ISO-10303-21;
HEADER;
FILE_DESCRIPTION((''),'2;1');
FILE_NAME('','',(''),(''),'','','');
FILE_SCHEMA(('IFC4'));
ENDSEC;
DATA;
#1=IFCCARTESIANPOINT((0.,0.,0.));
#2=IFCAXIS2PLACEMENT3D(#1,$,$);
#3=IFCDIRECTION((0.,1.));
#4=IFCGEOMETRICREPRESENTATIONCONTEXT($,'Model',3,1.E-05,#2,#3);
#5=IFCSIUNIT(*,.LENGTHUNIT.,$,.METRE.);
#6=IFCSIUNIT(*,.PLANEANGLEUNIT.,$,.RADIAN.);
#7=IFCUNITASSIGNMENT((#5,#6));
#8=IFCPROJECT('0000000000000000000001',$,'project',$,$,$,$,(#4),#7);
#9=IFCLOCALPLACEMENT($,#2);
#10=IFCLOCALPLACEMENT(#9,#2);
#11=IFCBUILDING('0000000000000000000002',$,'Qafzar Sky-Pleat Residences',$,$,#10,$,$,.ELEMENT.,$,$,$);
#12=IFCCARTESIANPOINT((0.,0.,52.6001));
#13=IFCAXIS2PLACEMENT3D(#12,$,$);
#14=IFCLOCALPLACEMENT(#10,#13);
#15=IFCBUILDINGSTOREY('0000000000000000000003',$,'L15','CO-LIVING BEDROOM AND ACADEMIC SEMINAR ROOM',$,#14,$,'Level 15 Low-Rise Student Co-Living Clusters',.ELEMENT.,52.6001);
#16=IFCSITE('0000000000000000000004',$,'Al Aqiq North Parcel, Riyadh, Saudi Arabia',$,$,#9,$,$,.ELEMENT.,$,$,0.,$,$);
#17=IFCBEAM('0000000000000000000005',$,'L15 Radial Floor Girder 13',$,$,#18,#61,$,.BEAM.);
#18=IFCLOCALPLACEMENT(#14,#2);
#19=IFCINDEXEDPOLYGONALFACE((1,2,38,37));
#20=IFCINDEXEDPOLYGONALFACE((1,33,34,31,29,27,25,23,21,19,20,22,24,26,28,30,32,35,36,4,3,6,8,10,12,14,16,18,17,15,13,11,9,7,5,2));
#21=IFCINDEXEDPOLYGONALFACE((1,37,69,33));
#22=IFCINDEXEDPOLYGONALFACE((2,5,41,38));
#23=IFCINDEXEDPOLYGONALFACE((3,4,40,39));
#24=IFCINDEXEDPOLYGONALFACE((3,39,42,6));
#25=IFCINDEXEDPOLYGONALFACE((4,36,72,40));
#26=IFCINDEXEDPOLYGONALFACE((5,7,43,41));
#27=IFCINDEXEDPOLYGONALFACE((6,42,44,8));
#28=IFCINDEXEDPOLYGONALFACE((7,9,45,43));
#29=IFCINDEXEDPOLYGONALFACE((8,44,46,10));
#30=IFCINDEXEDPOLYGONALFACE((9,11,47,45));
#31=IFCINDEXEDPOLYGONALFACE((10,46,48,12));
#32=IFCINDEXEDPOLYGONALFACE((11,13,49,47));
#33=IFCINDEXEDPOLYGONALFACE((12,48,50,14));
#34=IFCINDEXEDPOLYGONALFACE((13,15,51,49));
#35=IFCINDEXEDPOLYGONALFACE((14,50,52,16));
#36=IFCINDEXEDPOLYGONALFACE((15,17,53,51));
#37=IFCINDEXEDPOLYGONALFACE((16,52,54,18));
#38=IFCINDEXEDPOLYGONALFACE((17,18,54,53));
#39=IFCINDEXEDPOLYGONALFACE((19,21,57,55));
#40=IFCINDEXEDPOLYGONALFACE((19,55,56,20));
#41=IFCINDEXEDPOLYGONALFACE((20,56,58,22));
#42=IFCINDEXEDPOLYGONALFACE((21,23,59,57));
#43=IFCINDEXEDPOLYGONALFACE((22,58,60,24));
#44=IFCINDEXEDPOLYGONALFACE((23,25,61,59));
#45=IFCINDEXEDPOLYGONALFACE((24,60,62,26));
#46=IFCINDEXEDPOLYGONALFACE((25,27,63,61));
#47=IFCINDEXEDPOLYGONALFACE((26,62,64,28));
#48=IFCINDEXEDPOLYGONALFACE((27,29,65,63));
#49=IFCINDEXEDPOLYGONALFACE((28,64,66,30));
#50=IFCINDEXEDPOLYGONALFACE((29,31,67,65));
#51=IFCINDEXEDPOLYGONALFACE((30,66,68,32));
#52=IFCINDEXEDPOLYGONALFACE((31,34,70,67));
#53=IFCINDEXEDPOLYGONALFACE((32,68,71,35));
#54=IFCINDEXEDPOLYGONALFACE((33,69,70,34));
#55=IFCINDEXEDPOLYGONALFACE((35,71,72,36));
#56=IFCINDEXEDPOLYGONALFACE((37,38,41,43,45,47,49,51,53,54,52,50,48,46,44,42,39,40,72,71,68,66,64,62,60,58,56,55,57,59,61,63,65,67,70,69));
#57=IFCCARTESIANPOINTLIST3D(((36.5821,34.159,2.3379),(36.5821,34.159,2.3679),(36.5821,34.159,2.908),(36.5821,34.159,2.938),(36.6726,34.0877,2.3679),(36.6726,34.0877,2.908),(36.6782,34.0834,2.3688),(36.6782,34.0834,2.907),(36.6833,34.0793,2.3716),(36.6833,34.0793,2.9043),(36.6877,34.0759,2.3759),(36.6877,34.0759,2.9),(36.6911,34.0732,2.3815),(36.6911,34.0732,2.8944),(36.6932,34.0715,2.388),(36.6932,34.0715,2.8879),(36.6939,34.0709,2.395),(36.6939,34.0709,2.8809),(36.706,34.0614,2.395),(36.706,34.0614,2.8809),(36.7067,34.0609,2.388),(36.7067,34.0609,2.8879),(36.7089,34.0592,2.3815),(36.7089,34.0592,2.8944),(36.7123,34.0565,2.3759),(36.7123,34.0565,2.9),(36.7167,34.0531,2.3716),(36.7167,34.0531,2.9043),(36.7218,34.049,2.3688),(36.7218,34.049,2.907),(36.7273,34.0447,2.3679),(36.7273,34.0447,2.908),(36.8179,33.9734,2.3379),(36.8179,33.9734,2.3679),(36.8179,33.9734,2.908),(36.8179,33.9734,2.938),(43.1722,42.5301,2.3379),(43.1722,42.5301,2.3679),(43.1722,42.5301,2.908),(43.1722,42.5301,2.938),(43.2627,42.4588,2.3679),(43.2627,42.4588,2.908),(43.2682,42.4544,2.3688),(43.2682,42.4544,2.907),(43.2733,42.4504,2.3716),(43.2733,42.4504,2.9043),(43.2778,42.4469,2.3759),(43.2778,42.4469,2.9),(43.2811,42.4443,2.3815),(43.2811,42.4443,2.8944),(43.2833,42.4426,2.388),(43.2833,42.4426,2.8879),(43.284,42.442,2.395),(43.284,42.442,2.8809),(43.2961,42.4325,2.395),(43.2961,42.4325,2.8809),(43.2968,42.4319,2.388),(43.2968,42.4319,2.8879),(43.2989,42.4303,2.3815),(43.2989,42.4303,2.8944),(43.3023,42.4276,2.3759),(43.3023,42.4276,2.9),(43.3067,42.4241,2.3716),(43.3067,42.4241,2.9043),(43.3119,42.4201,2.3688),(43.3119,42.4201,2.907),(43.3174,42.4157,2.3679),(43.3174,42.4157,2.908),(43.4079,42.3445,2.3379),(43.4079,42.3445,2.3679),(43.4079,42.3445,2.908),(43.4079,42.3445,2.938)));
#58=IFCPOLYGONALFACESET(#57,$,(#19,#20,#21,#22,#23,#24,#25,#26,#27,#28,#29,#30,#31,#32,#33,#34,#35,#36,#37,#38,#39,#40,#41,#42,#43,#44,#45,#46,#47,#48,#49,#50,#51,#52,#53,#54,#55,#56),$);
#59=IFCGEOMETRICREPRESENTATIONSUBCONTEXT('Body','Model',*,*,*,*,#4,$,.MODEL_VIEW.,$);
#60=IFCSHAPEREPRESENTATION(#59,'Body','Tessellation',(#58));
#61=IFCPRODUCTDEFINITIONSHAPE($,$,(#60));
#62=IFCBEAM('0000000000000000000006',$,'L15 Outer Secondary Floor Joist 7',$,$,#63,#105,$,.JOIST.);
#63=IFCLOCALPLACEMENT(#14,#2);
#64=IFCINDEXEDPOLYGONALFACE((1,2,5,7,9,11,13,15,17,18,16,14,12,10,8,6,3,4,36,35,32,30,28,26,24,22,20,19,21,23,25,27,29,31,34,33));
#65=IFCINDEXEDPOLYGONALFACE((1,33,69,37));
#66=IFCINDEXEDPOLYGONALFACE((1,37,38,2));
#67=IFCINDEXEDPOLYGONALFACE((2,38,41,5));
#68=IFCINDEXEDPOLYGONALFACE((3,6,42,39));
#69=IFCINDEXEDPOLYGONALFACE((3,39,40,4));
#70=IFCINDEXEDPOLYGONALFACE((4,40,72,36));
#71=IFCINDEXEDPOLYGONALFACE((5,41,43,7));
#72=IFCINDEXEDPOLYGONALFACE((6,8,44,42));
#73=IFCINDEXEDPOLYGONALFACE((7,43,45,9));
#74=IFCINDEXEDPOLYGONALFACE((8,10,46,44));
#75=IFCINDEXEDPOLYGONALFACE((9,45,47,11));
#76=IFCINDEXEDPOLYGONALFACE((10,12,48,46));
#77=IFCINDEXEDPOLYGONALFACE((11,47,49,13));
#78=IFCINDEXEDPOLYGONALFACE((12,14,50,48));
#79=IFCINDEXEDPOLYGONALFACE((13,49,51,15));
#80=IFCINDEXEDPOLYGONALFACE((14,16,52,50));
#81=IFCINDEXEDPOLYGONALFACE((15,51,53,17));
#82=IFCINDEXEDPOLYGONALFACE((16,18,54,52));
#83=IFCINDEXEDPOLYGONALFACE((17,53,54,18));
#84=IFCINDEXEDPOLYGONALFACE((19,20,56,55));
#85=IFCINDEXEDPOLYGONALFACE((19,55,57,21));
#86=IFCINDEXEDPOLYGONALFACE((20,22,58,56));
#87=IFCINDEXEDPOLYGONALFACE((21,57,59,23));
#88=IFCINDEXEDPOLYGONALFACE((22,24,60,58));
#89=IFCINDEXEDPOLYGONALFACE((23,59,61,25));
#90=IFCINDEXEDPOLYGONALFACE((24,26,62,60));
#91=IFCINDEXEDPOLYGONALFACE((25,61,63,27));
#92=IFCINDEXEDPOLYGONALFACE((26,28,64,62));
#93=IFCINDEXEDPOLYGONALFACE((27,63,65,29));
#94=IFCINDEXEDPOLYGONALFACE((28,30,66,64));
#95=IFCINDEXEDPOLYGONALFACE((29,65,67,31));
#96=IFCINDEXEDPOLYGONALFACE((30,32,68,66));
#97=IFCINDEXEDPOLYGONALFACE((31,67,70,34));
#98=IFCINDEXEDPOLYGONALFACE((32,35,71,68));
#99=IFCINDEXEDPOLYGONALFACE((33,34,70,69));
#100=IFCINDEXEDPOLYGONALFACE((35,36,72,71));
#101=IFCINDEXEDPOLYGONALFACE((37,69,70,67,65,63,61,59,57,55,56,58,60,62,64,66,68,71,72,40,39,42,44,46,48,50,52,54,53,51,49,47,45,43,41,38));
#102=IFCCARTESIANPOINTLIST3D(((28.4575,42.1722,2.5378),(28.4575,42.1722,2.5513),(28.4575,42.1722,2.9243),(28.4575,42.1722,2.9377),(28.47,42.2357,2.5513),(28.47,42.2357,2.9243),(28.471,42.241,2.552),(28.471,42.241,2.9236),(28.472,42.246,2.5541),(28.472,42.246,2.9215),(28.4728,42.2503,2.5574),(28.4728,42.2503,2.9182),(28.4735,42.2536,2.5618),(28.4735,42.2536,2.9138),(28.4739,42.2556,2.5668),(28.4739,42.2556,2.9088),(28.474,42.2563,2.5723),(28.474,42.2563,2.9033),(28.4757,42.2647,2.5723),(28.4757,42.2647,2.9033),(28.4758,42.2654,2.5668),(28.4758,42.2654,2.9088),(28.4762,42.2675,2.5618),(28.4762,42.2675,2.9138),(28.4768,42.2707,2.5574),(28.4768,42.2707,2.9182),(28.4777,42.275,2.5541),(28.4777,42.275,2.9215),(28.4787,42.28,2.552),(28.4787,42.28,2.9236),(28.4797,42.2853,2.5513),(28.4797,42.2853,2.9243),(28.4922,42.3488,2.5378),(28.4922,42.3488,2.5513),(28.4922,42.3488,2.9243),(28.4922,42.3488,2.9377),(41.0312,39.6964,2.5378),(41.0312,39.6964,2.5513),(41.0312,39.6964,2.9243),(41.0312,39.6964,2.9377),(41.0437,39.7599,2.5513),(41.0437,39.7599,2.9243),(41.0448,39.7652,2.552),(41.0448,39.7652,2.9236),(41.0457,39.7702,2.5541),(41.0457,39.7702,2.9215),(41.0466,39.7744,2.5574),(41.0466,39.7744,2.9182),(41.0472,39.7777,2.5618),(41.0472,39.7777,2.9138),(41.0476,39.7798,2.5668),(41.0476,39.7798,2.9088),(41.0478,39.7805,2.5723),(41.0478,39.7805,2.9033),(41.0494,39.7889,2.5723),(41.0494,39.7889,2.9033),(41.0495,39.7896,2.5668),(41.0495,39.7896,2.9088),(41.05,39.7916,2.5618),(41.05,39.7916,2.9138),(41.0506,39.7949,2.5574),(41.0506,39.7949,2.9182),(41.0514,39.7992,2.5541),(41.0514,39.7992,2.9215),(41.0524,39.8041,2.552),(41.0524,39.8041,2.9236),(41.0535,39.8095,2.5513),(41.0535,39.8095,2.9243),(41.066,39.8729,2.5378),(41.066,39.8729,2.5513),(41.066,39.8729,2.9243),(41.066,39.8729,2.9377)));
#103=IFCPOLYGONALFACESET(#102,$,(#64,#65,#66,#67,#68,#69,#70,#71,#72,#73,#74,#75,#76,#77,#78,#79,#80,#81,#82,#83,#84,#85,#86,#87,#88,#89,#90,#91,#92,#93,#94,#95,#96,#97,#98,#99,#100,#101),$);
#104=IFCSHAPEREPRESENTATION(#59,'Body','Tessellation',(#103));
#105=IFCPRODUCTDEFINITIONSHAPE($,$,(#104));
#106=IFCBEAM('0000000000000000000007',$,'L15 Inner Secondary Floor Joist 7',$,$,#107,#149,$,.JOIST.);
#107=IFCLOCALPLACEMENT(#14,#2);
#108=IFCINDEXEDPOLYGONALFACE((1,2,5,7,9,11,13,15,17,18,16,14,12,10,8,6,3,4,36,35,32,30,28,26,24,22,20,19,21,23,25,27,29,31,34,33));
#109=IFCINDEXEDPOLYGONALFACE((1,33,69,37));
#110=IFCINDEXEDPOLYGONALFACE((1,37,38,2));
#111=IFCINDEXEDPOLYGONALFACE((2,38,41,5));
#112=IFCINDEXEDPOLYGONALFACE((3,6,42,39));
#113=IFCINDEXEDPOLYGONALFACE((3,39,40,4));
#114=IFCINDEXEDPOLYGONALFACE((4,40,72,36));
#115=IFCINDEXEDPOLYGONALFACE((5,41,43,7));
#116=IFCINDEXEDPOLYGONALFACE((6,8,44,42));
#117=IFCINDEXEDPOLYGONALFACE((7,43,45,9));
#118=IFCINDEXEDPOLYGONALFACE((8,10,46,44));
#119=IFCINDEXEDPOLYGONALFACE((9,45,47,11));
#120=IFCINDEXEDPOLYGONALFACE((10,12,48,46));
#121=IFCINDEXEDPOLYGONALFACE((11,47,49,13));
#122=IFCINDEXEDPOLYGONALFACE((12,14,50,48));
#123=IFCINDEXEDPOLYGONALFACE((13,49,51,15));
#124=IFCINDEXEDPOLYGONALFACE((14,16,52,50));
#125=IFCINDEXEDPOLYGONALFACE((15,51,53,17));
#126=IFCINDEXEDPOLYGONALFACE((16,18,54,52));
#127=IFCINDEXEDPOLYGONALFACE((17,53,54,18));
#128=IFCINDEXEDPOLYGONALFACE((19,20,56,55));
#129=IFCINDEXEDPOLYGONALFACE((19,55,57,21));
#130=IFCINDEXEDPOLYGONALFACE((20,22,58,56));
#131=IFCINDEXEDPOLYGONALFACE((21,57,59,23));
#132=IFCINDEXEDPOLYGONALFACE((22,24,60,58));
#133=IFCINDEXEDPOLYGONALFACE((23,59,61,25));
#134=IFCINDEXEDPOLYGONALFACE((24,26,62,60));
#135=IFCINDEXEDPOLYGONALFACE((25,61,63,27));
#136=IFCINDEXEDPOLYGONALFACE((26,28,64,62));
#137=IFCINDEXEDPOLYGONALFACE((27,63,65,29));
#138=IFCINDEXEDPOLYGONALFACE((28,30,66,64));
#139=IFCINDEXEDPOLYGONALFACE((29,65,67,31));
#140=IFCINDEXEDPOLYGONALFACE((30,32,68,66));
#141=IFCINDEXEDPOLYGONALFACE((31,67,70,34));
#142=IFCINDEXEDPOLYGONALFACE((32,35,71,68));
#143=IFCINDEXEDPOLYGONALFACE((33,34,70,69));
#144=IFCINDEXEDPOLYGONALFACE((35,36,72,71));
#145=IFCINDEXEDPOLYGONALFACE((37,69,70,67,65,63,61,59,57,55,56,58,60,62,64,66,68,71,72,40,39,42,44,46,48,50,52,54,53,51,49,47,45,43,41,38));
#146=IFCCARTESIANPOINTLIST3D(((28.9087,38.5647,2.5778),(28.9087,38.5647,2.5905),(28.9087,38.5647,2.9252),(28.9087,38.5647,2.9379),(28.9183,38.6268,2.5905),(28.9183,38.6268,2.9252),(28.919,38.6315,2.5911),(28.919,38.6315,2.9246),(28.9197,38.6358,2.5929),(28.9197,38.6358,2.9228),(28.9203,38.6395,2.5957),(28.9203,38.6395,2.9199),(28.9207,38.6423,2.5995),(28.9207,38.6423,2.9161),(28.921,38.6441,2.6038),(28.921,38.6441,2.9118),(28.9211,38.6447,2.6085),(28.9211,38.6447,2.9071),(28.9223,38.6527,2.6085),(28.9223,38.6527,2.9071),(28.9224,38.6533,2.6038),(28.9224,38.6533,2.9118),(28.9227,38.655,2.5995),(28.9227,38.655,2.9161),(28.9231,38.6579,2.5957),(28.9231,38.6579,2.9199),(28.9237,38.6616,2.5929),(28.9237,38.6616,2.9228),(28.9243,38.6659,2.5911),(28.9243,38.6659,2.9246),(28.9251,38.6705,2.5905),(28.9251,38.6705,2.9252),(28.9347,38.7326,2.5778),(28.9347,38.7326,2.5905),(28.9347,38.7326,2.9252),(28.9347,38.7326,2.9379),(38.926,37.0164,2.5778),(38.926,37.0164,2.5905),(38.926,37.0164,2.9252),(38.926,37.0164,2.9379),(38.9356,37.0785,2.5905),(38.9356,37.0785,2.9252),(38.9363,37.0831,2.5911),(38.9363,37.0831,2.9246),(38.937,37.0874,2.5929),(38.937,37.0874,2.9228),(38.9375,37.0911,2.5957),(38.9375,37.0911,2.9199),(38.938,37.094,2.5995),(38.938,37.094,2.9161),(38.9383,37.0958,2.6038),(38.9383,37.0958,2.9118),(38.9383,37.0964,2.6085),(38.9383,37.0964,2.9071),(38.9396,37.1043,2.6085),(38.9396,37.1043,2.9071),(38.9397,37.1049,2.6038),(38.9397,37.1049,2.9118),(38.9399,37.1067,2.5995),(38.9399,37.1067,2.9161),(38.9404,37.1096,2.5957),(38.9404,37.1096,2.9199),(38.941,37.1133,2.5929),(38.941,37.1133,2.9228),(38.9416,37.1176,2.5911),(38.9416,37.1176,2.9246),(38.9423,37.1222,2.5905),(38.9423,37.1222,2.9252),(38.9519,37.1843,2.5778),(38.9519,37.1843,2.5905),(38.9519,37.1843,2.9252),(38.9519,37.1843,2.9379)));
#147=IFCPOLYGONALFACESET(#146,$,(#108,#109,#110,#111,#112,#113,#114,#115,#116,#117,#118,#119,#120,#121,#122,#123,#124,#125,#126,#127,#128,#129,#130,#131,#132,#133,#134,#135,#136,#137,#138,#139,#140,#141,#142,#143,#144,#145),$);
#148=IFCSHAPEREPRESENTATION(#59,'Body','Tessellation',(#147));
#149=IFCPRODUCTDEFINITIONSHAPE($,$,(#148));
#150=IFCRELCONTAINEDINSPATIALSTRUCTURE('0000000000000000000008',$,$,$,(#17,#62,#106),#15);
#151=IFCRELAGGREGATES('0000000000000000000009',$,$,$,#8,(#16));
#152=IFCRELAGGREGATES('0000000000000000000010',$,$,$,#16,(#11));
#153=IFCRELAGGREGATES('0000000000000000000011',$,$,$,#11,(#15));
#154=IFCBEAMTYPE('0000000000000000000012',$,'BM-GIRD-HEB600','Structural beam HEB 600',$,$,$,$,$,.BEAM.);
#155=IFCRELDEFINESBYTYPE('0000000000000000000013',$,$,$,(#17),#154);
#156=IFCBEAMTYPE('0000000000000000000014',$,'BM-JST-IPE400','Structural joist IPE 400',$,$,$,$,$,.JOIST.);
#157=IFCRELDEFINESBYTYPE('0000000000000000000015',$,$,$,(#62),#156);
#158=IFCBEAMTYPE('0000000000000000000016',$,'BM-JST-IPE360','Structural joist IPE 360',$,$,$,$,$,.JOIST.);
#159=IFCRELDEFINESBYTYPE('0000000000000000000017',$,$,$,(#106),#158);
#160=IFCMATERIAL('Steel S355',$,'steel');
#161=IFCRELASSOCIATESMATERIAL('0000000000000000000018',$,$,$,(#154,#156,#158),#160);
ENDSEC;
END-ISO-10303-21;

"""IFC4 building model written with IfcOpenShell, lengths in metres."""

from ifc_helpers import new_model, si_unit, direction, frame, origin, origin_2d, place, context, subcontext, project, spatial, i_section, extrude, source, transform, mapped, material, material_profile, profile_set, type_object, element, save


model = new_model("IFC4")

# Units and contexts
model_context = context("Model", 3, precision=1e-05, world=origin(), true_north=direction((0.0, 1.0)))
body_context = subcontext(model_context, "Body", "Model", "MODEL_VIEW")
ifc_project = project(units=[si_unit("LENGTHUNIT", "METRE"), si_unit("PLANEANGLEUNIT", "RADIAN")], contexts=[model_context])

# Site, building, storey
site_placement = place(None, origin())
site = spatial("IfcSite", under=ifc_project, at=site_placement, Name="Al Aqiq North Parcel, Riyadh, Saudi Arabia", CompositionType="ELEMENT", RefElevation=0.0)
building_placement = place(site_placement, origin())
building = spatial("IfcBuilding", under=site, at=building_placement, Name="Qafzar Sky-Pleat Residences", CompositionType="ELEMENT")
storey_placement = place(building_placement, frame((0.0, 0.0, 52.6001)))
storey = spatial("IfcBuildingStorey", under=building, at=storey_placement, Name="L15", Description="CO-LIVING BEDROOM AND ACADEMIC SEMINAR ROOM", LongName="Level 15 Low-Rise Student Co-Living Clusters", CompositionType="ELEMENT", Elevation=52.6001)

# Beams
ifc_material_1 = material(Name="Steel S355", Category="steel")
ifc_material_profile_1 = material_profile(ifc_material_1, i_section(OverallWidth=0.3, OverallDepth=0.6001, WebThickness=0.0154, FlangeThickness=0.03, FilletRadius=0.0271, at=origin_2d()), Name="HEB 600")
ifc_profile_set_1 = profile_set([ifc_material_profile_1], Name="Steel S355")
beam_type_1 = type_object("IfcBeamType", Name="BM-GIRD-HEB600", Description="Structural beam HEB 600", PredefinedType="BEAM", material=ifc_profile_set_1)
shared_shape_1 = source(origin(), body_context, "Body", "SweptSolid", [
    extrude(i_section(OverallWidth=0.3, OverallDepth=0.6001, WebThickness=0.0154, FlangeThickness=0.03, FilletRadius=0.0271, at=origin_2d()), origin(), (0.0, 0.0, 1.0), 10.6538),
])
beam_1_placement = place(storey_placement, frame((43.29, 42.4373, 2.6379), z_axis=(-0.618564, -0.785734, 0.0), x_axis=(0.785734, -0.618564, 0.0)))
element("IfcBeam", 1, at=beam_1_placement, inside=storey, type_object=beam_type_1, Name="L15 Radial Floor Girder 13", PredefinedType="BEAM", context=body_context, shape_type="MappedRepresentation", body=[
    mapped(shared_shape_1, transform((0.0, 0.0, 0.0), x_axis=(1.0, 0.0, 0.0), y_axis=(0.0, 1.0, 0.0), z_axis=(0.0, 0.0, 1.0), scale=1.0)),
])
ifc_material_profile_2 = material_profile(ifc_material_1, i_section(OverallWidth=0.1799, OverallDepth=0.3999, WebThickness=0.0085, FlangeThickness=0.0134, FilletRadius=0.021, at=origin_2d()), Name="IPE 400")
ifc_profile_set_2 = profile_set([ifc_material_profile_2], Name="Steel S355")
beam_type_2 = type_object("IfcBeamType", Name="BM-JST-IPE400", Description="Structural joist IPE 400", PredefinedType="JOIST", material=ifc_profile_set_2)
shared_shape_2 = source(origin(), body_context, "Body", "SweptSolid", [
    extrude(i_section(OverallWidth=0.1799, OverallDepth=0.3999, WebThickness=0.0085, FlangeThickness=0.0134, FilletRadius=0.021, at=origin_2d()), origin(), (0.0, 0.0, 1.0), 12.8152),
])
beam_2_placement = place(storey_placement, frame((41.0486, 39.7847, 2.7378), z_axis=(-0.98116, 0.193195, 0.0), x_axis=(-0.193195, -0.98116, 0.0)))
element("IfcBeam", 2, at=beam_2_placement, inside=storey, type_object=beam_type_2, Name="L15 Outer Secondary Floor Joist 7", PredefinedType="JOIST", context=body_context, shape_type="MappedRepresentation", body=[
    mapped(shared_shape_2, transform((0.0, 0.0, 0.0), x_axis=(1.0, 0.0, 0.0), y_axis=(0.0, 1.0, 0.0), z_axis=(0.0, 0.0, 1.0), scale=1.0)),
])
ifc_material_profile_3 = material_profile(ifc_material_1, i_section(OverallWidth=0.1699, OverallDepth=0.3601, WebThickness=0.0081, FlangeThickness=0.0127, FilletRadius=0.0181, at=origin_2d()), Name="IPE 360")
ifc_profile_set_3 = profile_set([ifc_material_profile_3], Name="Steel S355")
beam_type_3 = type_object("IfcBeamType", Name="BM-JST-IPE360", Description="Structural joist IPE 360", PredefinedType="JOIST", material=ifc_profile_set_3)
shared_shape_3 = source(origin(), body_context, "Body", "SweptSolid", [
    extrude(i_section(OverallWidth=0.1699, OverallDepth=0.3601, WebThickness=0.0081, FlangeThickness=0.0127, FilletRadius=0.0181, at=origin_2d()), origin(), (0.0, 0.0, 1.0), 10.1362),
])
beam_3_placement = place(storey_placement, frame((38.939, 37.1003, 2.7578), z_axis=(-0.988265, 0.152752, 0.0), x_axis=(-0.152752, -0.988265, 0.0)))
element("IfcBeam", 3, at=beam_3_placement, inside=storey, type_object=beam_type_3, Name="L15 Inner Secondary Floor Joist 7", PredefinedType="JOIST", context=body_context, shape_type="MappedRepresentation", body=[
    mapped(shared_shape_3, transform((0.0, 0.0, 0.0), x_axis=(1.0, 0.0, 0.0), y_axis=(0.0, 1.0, 0.0), z_axis=(0.0, 0.0, 1.0), scale=1.0)),
])

save(model, "model.ifc")
